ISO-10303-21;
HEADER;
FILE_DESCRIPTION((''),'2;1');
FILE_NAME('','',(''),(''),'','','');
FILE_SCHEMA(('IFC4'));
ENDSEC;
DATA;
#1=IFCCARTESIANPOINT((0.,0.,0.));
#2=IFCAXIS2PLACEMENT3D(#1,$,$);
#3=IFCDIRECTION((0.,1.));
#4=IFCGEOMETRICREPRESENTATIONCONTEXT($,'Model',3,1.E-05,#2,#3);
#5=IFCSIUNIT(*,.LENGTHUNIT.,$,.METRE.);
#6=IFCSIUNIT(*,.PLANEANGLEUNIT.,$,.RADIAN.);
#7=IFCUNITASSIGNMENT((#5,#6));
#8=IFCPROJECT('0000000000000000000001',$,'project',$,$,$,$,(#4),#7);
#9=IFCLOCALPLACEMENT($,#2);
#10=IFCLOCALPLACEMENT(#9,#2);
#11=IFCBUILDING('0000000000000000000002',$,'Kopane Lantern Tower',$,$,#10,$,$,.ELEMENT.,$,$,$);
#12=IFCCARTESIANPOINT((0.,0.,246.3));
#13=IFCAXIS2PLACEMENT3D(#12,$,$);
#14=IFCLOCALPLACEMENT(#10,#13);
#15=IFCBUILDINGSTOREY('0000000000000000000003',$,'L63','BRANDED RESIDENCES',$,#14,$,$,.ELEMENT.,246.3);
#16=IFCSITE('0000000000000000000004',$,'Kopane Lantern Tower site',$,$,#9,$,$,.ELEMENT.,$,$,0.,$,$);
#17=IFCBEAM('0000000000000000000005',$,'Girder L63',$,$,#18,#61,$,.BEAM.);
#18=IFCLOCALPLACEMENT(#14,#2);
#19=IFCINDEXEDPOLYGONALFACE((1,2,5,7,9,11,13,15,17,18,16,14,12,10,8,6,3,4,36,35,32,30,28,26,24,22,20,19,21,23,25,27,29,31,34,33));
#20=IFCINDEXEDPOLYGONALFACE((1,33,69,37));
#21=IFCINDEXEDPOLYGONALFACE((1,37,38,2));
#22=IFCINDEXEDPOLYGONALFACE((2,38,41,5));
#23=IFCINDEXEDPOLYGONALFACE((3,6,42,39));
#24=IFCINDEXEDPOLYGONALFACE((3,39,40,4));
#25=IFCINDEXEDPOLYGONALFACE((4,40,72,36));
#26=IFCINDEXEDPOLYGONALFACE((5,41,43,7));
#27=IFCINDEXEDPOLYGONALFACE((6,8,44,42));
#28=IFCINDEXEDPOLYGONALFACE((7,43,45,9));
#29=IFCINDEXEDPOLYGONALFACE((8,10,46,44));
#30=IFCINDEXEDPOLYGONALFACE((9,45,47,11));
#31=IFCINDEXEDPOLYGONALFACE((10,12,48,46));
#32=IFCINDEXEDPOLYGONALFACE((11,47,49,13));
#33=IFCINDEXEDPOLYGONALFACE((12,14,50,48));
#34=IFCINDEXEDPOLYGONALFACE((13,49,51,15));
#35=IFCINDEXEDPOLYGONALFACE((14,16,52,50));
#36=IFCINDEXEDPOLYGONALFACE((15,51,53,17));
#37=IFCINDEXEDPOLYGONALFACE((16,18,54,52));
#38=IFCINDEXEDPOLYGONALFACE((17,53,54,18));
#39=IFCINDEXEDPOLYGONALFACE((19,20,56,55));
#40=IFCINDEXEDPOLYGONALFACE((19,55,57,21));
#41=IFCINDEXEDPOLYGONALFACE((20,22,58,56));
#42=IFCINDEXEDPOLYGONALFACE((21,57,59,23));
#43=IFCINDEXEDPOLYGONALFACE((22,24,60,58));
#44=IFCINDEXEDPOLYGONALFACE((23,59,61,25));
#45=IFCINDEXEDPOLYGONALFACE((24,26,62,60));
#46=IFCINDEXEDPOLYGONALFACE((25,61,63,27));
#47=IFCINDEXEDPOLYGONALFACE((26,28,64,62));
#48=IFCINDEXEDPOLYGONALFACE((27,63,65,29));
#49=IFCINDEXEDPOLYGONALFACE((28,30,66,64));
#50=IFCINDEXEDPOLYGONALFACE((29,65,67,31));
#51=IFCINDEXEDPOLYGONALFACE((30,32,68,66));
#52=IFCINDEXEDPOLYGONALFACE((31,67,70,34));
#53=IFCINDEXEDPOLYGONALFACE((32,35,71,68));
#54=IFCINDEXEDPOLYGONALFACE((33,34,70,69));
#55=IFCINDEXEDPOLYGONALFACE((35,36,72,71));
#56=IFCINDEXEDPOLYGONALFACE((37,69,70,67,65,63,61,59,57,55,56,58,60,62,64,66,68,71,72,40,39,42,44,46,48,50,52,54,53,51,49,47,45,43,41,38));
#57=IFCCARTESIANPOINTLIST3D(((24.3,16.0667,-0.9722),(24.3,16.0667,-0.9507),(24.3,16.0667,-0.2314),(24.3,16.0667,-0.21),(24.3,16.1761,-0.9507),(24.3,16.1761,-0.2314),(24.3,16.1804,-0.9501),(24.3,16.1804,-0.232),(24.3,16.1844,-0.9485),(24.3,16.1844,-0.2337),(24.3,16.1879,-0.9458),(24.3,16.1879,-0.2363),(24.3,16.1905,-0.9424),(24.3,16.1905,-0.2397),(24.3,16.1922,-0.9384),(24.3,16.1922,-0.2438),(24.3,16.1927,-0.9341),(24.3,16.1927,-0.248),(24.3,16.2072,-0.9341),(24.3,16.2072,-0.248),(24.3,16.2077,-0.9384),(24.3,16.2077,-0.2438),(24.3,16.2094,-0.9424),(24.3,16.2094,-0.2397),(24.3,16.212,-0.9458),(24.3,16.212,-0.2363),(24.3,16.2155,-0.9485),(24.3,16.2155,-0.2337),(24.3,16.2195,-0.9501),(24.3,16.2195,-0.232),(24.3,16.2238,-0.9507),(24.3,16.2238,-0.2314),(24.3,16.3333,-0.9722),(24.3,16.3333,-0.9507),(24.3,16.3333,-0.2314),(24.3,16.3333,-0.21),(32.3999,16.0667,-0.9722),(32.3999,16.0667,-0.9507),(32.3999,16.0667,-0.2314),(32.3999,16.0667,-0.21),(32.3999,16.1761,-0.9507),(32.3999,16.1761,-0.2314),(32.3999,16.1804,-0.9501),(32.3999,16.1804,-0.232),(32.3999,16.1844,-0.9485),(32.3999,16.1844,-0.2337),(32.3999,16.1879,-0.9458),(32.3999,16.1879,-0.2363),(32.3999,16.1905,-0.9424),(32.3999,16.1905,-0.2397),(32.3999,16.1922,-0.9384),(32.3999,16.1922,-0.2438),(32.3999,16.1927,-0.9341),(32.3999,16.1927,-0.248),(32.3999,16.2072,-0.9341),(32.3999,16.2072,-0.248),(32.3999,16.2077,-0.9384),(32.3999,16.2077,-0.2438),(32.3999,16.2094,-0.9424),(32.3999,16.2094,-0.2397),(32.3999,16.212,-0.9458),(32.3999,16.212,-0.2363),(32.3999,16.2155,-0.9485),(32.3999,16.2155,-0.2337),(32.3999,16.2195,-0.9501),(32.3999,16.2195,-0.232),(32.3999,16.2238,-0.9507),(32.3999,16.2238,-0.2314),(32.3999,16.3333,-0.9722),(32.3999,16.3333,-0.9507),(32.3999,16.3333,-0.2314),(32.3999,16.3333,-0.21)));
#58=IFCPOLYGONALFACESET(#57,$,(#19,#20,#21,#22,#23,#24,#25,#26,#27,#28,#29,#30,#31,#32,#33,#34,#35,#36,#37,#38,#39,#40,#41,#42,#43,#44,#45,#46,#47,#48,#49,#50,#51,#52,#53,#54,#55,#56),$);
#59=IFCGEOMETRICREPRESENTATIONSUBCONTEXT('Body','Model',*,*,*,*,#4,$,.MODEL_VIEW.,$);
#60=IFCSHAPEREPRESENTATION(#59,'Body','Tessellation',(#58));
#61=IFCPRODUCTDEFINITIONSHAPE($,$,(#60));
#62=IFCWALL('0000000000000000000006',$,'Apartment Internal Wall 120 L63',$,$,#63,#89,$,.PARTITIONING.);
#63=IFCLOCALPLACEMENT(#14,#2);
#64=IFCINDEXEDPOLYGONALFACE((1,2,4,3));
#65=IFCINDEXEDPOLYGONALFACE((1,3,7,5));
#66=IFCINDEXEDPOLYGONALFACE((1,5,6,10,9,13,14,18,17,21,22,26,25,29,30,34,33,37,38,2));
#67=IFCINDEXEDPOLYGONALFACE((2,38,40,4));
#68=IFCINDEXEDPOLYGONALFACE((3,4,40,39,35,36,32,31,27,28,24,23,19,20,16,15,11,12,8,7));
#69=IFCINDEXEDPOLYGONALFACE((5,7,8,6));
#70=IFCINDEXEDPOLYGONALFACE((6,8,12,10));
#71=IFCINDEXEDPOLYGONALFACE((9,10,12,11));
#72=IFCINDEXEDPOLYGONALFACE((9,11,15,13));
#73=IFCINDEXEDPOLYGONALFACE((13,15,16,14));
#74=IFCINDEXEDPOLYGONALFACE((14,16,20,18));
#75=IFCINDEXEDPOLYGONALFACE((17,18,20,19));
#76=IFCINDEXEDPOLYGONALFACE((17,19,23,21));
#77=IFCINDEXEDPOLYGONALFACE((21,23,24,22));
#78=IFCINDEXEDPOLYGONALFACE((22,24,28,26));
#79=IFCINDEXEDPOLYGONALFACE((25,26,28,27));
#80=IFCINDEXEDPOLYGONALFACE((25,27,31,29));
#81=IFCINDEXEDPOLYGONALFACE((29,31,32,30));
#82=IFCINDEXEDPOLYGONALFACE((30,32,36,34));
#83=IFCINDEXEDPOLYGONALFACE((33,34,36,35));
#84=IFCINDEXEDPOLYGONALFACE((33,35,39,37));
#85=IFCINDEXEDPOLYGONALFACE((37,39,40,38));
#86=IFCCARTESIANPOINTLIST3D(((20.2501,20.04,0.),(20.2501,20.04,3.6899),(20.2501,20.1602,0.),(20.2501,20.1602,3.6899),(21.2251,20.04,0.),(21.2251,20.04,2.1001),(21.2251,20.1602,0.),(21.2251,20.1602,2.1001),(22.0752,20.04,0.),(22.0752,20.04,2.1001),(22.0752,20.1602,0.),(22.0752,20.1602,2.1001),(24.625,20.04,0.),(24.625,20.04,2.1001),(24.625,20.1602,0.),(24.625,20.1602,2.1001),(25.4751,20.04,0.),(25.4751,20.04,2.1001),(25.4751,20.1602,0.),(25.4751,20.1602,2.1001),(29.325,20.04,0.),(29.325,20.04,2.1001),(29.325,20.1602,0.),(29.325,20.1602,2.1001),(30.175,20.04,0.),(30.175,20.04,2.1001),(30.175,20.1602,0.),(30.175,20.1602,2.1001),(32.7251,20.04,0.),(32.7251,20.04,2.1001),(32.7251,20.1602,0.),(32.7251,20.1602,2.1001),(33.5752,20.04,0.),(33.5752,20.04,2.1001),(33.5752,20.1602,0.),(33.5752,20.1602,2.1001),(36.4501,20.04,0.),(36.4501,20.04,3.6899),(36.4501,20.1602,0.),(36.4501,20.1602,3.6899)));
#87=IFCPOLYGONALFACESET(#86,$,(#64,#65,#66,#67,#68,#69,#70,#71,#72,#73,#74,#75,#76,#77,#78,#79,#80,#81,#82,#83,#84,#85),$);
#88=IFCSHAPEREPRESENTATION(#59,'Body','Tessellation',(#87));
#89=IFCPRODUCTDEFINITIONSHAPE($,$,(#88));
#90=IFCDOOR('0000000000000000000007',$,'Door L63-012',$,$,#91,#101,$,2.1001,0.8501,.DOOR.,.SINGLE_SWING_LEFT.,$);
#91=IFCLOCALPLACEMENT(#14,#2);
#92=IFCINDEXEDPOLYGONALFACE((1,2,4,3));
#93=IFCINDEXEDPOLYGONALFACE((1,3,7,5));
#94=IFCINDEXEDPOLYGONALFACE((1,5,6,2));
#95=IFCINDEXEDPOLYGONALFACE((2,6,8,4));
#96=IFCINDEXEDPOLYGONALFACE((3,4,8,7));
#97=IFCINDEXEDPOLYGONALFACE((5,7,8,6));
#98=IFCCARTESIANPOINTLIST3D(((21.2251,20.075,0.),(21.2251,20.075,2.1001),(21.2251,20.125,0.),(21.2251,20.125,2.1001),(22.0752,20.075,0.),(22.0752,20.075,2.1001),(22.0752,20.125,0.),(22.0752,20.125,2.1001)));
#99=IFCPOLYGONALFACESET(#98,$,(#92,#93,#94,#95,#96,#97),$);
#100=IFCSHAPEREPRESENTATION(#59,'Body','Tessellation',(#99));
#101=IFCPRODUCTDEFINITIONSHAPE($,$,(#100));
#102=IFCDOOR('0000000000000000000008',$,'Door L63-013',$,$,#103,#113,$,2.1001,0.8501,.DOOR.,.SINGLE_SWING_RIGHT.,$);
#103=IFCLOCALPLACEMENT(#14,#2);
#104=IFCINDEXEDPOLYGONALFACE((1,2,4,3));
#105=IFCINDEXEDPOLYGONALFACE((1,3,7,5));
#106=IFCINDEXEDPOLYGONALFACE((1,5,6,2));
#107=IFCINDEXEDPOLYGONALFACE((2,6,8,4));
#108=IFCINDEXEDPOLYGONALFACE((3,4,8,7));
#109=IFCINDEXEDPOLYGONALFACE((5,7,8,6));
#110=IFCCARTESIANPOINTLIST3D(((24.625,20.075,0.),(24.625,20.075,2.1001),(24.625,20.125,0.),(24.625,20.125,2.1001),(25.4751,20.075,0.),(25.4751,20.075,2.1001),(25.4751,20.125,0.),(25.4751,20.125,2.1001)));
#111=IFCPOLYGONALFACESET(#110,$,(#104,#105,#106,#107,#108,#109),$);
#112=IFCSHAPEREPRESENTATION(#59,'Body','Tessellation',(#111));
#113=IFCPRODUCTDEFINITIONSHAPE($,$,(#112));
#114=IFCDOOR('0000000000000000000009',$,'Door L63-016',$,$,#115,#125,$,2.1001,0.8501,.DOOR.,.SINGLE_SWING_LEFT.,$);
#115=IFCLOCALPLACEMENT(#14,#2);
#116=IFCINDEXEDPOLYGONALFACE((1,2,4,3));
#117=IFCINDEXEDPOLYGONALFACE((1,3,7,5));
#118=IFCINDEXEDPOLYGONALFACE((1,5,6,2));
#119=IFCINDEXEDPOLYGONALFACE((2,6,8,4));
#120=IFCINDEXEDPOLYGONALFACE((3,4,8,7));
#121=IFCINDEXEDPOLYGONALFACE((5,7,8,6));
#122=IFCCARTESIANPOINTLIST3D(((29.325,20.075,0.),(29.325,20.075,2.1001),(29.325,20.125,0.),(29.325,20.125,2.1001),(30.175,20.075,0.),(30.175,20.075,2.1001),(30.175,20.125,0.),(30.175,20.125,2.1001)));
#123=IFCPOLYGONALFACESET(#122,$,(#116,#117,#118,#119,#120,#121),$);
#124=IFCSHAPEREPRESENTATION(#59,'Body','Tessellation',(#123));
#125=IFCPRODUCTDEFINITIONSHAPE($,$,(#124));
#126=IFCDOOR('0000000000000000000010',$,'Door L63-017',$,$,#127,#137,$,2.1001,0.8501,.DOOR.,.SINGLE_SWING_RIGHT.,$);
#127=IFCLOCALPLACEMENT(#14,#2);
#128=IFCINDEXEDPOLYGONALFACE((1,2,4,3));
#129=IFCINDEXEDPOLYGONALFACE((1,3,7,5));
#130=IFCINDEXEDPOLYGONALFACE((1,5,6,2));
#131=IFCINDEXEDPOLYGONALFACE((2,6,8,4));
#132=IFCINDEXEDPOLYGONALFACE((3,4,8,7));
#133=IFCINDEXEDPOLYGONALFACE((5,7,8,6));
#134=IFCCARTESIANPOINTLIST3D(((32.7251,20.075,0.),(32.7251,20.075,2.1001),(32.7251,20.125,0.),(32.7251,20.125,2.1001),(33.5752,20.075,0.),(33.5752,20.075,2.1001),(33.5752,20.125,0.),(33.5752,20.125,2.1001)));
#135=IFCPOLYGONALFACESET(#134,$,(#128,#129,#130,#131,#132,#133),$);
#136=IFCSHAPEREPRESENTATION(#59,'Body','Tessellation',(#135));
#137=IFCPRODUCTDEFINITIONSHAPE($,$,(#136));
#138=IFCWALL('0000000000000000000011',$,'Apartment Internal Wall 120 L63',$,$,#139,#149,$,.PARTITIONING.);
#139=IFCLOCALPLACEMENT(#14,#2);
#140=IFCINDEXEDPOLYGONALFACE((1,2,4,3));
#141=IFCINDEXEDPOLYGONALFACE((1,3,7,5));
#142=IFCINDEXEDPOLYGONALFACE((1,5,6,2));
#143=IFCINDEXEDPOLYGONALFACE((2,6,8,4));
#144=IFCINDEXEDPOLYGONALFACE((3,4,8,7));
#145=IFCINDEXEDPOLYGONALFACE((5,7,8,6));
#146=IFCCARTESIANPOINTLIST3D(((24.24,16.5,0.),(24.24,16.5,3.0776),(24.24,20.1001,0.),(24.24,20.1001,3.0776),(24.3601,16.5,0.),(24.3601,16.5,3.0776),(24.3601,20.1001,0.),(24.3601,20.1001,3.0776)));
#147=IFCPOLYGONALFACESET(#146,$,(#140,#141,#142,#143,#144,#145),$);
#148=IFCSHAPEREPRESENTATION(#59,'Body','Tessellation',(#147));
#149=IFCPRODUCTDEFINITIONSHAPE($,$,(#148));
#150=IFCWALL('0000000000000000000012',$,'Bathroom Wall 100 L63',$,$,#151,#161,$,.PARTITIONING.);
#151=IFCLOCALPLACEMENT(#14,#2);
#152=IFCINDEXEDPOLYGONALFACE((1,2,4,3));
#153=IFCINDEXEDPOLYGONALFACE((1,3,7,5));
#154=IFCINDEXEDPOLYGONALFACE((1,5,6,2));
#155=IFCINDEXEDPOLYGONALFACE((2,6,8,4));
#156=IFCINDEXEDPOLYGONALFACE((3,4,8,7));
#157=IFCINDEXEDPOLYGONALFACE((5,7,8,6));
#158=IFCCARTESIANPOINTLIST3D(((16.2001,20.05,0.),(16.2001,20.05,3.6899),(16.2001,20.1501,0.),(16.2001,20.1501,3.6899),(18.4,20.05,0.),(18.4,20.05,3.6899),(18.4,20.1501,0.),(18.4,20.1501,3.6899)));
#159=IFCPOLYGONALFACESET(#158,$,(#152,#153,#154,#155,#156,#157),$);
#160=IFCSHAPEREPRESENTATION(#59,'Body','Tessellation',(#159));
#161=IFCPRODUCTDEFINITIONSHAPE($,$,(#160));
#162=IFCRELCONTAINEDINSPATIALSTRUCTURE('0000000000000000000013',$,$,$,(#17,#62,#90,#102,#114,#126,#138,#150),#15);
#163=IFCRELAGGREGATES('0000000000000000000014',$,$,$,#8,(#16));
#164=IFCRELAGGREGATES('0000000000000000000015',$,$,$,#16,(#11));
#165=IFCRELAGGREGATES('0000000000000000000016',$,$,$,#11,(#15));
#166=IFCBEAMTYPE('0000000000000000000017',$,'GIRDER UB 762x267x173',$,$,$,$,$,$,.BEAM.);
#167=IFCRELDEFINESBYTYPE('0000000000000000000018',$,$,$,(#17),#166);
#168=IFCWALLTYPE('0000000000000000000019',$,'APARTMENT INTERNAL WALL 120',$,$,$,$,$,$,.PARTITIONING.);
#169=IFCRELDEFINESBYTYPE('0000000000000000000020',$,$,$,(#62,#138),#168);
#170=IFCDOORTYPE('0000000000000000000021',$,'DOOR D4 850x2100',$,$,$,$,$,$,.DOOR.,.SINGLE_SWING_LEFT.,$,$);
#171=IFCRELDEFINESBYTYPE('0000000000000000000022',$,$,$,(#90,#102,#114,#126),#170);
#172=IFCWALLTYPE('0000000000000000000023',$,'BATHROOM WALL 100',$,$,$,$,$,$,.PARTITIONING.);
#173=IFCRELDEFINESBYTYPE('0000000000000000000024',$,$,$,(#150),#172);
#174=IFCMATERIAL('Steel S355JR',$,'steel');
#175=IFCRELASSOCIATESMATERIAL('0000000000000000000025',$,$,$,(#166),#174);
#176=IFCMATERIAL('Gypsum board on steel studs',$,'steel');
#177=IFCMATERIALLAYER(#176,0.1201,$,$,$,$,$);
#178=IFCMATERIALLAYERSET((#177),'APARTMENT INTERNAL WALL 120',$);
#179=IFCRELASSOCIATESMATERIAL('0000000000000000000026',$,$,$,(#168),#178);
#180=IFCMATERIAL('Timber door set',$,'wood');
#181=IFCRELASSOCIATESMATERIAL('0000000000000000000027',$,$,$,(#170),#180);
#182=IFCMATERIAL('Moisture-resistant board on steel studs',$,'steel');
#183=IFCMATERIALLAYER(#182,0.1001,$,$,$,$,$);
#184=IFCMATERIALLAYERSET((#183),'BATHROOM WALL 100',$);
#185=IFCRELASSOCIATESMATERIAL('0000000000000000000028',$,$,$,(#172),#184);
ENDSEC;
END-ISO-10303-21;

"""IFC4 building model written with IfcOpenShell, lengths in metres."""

from ifc_helpers import new_model, si_unit, direction, frame, frame_2d, origin, origin_2d, place, context, subcontext, project, spatial, rectangle, i_section, extrude, material, layer, layer_set, material_profile, profile_set, type_object, element, fill, save


model = new_model("IFC4")

# Units and contexts
model_context = context("Model", 3, precision=1e-05, world=origin(), true_north=direction((0.0, 1.0)))
body_context = subcontext(model_context, "Body", "Model", "MODEL_VIEW")
ifc_project = project(units=[si_unit("LENGTHUNIT", "METRE"), si_unit("PLANEANGLEUNIT", "RADIAN")], contexts=[model_context])

# Site, building, storey
site_placement = place(None, origin())
site = spatial("IfcSite", under=ifc_project, at=site_placement, Name="Kopane Lantern Tower site", CompositionType="ELEMENT", RefElevation=0.0)
building_placement = place(site_placement, origin())
building = spatial("IfcBuilding", under=site, at=building_placement, Name="Kopane Lantern Tower", CompositionType="ELEMENT")
storey_placement = place(building_placement, frame((0.0, 0.0, 246.3)))
storey = spatial("IfcBuildingStorey", under=building, at=storey_placement, Name="L63", Description="BRANDED RESIDENCES", CompositionType="ELEMENT", Elevation=246.3)

# Beam
ifc_material_1 = material(Name="Steel S355JR", Category="steel")
ifc_material_profile_1 = material_profile(ifc_material_1, i_section(OverallWidth=0.2666, OverallDepth=0.7622, WebThickness=0.0144, FlangeThickness=0.0215, FilletRadius=0.0166, at=origin_2d()), Name="UB 762x267x173")
ifc_profile_set_1 = profile_set([ifc_material_profile_1], Name="Steel S355JR")
beam_type = type_object("IfcBeamType", Name="GIRDER UB 762x267x173", PredefinedType="BEAM", material=ifc_profile_set_1)
beam_placement = place(storey_placement, frame((24.3, 16.2, -0.5911), z_axis=(1.0, 0.0, 0.0), x_axis=(0.0, 1.0, 0.0)))
element("IfcBeam", 1, at=beam_placement, inside=storey, type_object=beam_type, Name="Girder L63", PredefinedType="BEAM", context=body_context, shape_type="SweptSolid", body=[
    extrude(i_section(OverallWidth=0.2666, OverallDepth=0.7622, WebThickness=0.0144, FlangeThickness=0.0215, FilletRadius=0.0166, at=origin_2d()), origin(), (0.0, 0.0, 1.0), 8.0999),
])

# Wall, openings, doors
ifc_material_2 = material(Name="Gypsum board on steel studs", Category="steel")
ifc_layer_1 = layer(ifc_material_2, 0.1201)
ifc_layer_set_1 = layer_set([ifc_layer_1], Name="APARTMENT INTERNAL WALL 120")
wall_type_1 = type_object("IfcWallType", Name="APARTMENT INTERNAL WALL 120", PredefinedType="PARTITIONING", material=ifc_layer_set_1)
wall_1_placement = place(storey_placement, frame((20.25, 20.1001, 0.0), z_axis=(0.0, 0.0, 1.0), x_axis=(1.0, 0.0, 0.0)))
wall_1 = element("IfcWall", 2, at=wall_1_placement, inside=storey, type_object=wall_type_1, Name="Apartment Internal Wall 120 L63", PredefinedType="PARTITIONING", context=body_context, shape_type="SweptSolid", body=[
    extrude(rectangle(XDim=16.2, YDim=0.1201, at=frame_2d((8.1001, 0.0))), origin(), (0.0, 0.0, 1.0), 3.6899),
])
opening_1_placement = place(wall_1_placement, frame((0.9751, 0.0, 0.0)))
opening_1 = element("IfcOpeningElement", 3, at=opening_1_placement, cuts=wall_1, PredefinedType="OPENING", context=body_context, shape_type="SweptSolid", body=[
    extrude(rectangle(XDim=0.8501, YDim=2.1001, at=frame_2d((0.425, 1.05))), frame((0.0, 0.0701, 0.0), z_axis=(0.0, -1.0, 0.0), x_axis=(1.0, 0.0, 0.0)), (0.0, 0.0, 1.0), 0.1401),
])
opening_2_placement = place(wall_1_placement, frame((4.375, 0.0, 0.0)))
opening_2 = element("IfcOpeningElement", 4, at=opening_2_placement, cuts=wall_1, PredefinedType="OPENING", context=body_context, shape_type="SweptSolid", body=[
    extrude(rectangle(XDim=0.8501, YDim=2.1001, at=frame_2d((0.425, 1.05))), frame((0.0, 0.0701, 0.0), z_axis=(0.0, -1.0, 0.0), x_axis=(1.0, 0.0, 0.0)), (0.0, 0.0, 1.0), 0.1401),
])
opening_3_placement = place(wall_1_placement, frame((9.075, 0.0, 0.0)))
opening_3 = element("IfcOpeningElement", 5, at=opening_3_placement, cuts=wall_1, PredefinedType="OPENING", context=body_context, shape_type="SweptSolid", body=[
    extrude(rectangle(XDim=0.8501, YDim=2.1001, at=frame_2d((0.425, 1.05))), frame((0.0, 0.0701, 0.0), z_axis=(0.0, -1.0, 0.0), x_axis=(1.0, 0.0, 0.0)), (0.0, 0.0, 1.0), 0.1401),
])
opening_4_placement = place(wall_1_placement, frame((12.4751, 0.0, 0.0)))
opening_4 = element("IfcOpeningElement", 6, at=opening_4_placement, cuts=wall_1, PredefinedType="OPENING", context=body_context, shape_type="SweptSolid", body=[
    extrude(rectangle(XDim=0.8501, YDim=2.1001, at=frame_2d((0.425, 1.05))), frame((0.0, 0.0701, 0.0), z_axis=(0.0, -1.0, 0.0), x_axis=(1.0, 0.0, 0.0)), (0.0, 0.0, 1.0), 0.1401),
])
ifc_material_3 = material(Name="Timber door set", Category="wood")
door_type_1 = type_object("IfcDoorType", Name="DOOR D4 850x2100", OperationType="SINGLE_SWING_LEFT", PredefinedType="DOOR", material=ifc_material_3)
door_1_placement = place(opening_1_placement, origin())
door_1 = element("IfcDoor", 7, at=door_1_placement, inside=storey, type_object=door_type_1, Name="Door L63-012", OperationType="SINGLE_SWING_LEFT", OverallHeight=2.1001, OverallWidth=0.8501, PredefinedType="DOOR", context=body_context, shape_type="SweptSolid", body=[
    extrude(rectangle(XDim=0.8501, YDim=2.1001, at=frame_2d((0.425, 1.05))), frame((0.0, 0.0249, 0.0), z_axis=(0.0, -1.0, 0.0), x_axis=(1.0, 0.0, 0.0)), (0.0, 0.0, 1.0), 0.05),
])
fill(opening_1, door_1)
door_2_placement = place(opening_2_placement, origin())
door_2 = element("IfcDoor", 8, at=door_2_placement, inside=storey, type_object=door_type_1, Name="Door L63-013", OperationType="SINGLE_SWING_RIGHT", OverallHeight=2.1001, OverallWidth=0.8501, PredefinedType="DOOR", context=body_context, shape_type="SweptSolid", body=[
    extrude(rectangle(XDim=0.8501, YDim=2.1001, at=frame_2d((0.425, 1.05))), frame((0.0, 0.0249, 0.0), z_axis=(0.0, -1.0, 0.0), x_axis=(1.0, 0.0, 0.0)), (0.0, 0.0, 1.0), 0.05),
])
fill(opening_2, door_2)
door_3_placement = place(opening_3_placement, origin())
door_3 = element("IfcDoor", 9, at=door_3_placement, inside=storey, type_object=door_type_1, Name="Door L63-016", OperationType="SINGLE_SWING_LEFT", OverallHeight=2.1001, OverallWidth=0.8501, PredefinedType="DOOR", context=body_context, shape_type="SweptSolid", body=[
    extrude(rectangle(XDim=0.8501, YDim=2.1001, at=frame_2d((0.425, 1.05))), frame((0.0, 0.0249, 0.0), z_axis=(0.0, -1.0, 0.0), x_axis=(1.0, 0.0, 0.0)), (0.0, 0.0, 1.0), 0.05),
])
fill(opening_3, door_3)
door_4_placement = place(opening_4_placement, origin())
door_4 = element("IfcDoor", 10, at=door_4_placement, inside=storey, type_object=door_type_1, Name="Door L63-017", OperationType="SINGLE_SWING_RIGHT", OverallHeight=2.1001, OverallWidth=0.8501, PredefinedType="DOOR", context=body_context, shape_type="SweptSolid", body=[
    extrude(rectangle(XDim=0.8501, YDim=2.1001, at=frame_2d((0.425, 1.05))), frame((0.0, 0.0249, 0.0), z_axis=(0.0, -1.0, 0.0), x_axis=(1.0, 0.0, 0.0)), (0.0, 0.0, 1.0), 0.05),
])
fill(opening_4, door_4)

# Walls
wall_2_placement = place(storey_placement, frame((24.3, 20.1001, 0.0), z_axis=(0.0, 0.0, 1.0), x_axis=(0.0, -1.0, 0.0)))
element("IfcWall", 11, at=wall_2_placement, inside=storey, type_object=wall_type_1, Name="Apartment Internal Wall 120 L63", PredefinedType="PARTITIONING", context=body_context, shape_type="SweptSolid", body=[
    extrude(rectangle(XDim=3.6001, YDim=0.1201, at=frame_2d((1.8, 0.0))), origin(), (0.0, 0.0, 1.0), 3.0776),
])
ifc_material_4 = material(Name="Moisture-resistant board on steel studs", Category="steel")
ifc_layer_2 = layer(ifc_material_4, 0.1001)
ifc_layer_set_2 = layer_set([ifc_layer_2], Name="BATHROOM WALL 100")
wall_type_2 = type_object("IfcWallType", Name="BATHROOM WALL 100", PredefinedType="PARTITIONING", material=ifc_layer_set_2)
wall_3_placement = place(storey_placement, frame((16.2, 20.1001, 0.0), z_axis=(0.0, 0.0, 1.0), x_axis=(1.0, 0.0, 0.0)))
element("IfcWall", 12, at=wall_3_placement, inside=storey, type_object=wall_type_2, Name="Bathroom Wall 100 L63", PredefinedType="PARTITIONING", context=body_context, shape_type="SweptSolid", body=[
    extrude(rectangle(XDim=2.2, YDim=0.1001, at=frame_2d((1.1001, 0.0))), origin(), (0.0, 0.0, 1.0), 3.6899),
])

save(model, "model.ifc")
